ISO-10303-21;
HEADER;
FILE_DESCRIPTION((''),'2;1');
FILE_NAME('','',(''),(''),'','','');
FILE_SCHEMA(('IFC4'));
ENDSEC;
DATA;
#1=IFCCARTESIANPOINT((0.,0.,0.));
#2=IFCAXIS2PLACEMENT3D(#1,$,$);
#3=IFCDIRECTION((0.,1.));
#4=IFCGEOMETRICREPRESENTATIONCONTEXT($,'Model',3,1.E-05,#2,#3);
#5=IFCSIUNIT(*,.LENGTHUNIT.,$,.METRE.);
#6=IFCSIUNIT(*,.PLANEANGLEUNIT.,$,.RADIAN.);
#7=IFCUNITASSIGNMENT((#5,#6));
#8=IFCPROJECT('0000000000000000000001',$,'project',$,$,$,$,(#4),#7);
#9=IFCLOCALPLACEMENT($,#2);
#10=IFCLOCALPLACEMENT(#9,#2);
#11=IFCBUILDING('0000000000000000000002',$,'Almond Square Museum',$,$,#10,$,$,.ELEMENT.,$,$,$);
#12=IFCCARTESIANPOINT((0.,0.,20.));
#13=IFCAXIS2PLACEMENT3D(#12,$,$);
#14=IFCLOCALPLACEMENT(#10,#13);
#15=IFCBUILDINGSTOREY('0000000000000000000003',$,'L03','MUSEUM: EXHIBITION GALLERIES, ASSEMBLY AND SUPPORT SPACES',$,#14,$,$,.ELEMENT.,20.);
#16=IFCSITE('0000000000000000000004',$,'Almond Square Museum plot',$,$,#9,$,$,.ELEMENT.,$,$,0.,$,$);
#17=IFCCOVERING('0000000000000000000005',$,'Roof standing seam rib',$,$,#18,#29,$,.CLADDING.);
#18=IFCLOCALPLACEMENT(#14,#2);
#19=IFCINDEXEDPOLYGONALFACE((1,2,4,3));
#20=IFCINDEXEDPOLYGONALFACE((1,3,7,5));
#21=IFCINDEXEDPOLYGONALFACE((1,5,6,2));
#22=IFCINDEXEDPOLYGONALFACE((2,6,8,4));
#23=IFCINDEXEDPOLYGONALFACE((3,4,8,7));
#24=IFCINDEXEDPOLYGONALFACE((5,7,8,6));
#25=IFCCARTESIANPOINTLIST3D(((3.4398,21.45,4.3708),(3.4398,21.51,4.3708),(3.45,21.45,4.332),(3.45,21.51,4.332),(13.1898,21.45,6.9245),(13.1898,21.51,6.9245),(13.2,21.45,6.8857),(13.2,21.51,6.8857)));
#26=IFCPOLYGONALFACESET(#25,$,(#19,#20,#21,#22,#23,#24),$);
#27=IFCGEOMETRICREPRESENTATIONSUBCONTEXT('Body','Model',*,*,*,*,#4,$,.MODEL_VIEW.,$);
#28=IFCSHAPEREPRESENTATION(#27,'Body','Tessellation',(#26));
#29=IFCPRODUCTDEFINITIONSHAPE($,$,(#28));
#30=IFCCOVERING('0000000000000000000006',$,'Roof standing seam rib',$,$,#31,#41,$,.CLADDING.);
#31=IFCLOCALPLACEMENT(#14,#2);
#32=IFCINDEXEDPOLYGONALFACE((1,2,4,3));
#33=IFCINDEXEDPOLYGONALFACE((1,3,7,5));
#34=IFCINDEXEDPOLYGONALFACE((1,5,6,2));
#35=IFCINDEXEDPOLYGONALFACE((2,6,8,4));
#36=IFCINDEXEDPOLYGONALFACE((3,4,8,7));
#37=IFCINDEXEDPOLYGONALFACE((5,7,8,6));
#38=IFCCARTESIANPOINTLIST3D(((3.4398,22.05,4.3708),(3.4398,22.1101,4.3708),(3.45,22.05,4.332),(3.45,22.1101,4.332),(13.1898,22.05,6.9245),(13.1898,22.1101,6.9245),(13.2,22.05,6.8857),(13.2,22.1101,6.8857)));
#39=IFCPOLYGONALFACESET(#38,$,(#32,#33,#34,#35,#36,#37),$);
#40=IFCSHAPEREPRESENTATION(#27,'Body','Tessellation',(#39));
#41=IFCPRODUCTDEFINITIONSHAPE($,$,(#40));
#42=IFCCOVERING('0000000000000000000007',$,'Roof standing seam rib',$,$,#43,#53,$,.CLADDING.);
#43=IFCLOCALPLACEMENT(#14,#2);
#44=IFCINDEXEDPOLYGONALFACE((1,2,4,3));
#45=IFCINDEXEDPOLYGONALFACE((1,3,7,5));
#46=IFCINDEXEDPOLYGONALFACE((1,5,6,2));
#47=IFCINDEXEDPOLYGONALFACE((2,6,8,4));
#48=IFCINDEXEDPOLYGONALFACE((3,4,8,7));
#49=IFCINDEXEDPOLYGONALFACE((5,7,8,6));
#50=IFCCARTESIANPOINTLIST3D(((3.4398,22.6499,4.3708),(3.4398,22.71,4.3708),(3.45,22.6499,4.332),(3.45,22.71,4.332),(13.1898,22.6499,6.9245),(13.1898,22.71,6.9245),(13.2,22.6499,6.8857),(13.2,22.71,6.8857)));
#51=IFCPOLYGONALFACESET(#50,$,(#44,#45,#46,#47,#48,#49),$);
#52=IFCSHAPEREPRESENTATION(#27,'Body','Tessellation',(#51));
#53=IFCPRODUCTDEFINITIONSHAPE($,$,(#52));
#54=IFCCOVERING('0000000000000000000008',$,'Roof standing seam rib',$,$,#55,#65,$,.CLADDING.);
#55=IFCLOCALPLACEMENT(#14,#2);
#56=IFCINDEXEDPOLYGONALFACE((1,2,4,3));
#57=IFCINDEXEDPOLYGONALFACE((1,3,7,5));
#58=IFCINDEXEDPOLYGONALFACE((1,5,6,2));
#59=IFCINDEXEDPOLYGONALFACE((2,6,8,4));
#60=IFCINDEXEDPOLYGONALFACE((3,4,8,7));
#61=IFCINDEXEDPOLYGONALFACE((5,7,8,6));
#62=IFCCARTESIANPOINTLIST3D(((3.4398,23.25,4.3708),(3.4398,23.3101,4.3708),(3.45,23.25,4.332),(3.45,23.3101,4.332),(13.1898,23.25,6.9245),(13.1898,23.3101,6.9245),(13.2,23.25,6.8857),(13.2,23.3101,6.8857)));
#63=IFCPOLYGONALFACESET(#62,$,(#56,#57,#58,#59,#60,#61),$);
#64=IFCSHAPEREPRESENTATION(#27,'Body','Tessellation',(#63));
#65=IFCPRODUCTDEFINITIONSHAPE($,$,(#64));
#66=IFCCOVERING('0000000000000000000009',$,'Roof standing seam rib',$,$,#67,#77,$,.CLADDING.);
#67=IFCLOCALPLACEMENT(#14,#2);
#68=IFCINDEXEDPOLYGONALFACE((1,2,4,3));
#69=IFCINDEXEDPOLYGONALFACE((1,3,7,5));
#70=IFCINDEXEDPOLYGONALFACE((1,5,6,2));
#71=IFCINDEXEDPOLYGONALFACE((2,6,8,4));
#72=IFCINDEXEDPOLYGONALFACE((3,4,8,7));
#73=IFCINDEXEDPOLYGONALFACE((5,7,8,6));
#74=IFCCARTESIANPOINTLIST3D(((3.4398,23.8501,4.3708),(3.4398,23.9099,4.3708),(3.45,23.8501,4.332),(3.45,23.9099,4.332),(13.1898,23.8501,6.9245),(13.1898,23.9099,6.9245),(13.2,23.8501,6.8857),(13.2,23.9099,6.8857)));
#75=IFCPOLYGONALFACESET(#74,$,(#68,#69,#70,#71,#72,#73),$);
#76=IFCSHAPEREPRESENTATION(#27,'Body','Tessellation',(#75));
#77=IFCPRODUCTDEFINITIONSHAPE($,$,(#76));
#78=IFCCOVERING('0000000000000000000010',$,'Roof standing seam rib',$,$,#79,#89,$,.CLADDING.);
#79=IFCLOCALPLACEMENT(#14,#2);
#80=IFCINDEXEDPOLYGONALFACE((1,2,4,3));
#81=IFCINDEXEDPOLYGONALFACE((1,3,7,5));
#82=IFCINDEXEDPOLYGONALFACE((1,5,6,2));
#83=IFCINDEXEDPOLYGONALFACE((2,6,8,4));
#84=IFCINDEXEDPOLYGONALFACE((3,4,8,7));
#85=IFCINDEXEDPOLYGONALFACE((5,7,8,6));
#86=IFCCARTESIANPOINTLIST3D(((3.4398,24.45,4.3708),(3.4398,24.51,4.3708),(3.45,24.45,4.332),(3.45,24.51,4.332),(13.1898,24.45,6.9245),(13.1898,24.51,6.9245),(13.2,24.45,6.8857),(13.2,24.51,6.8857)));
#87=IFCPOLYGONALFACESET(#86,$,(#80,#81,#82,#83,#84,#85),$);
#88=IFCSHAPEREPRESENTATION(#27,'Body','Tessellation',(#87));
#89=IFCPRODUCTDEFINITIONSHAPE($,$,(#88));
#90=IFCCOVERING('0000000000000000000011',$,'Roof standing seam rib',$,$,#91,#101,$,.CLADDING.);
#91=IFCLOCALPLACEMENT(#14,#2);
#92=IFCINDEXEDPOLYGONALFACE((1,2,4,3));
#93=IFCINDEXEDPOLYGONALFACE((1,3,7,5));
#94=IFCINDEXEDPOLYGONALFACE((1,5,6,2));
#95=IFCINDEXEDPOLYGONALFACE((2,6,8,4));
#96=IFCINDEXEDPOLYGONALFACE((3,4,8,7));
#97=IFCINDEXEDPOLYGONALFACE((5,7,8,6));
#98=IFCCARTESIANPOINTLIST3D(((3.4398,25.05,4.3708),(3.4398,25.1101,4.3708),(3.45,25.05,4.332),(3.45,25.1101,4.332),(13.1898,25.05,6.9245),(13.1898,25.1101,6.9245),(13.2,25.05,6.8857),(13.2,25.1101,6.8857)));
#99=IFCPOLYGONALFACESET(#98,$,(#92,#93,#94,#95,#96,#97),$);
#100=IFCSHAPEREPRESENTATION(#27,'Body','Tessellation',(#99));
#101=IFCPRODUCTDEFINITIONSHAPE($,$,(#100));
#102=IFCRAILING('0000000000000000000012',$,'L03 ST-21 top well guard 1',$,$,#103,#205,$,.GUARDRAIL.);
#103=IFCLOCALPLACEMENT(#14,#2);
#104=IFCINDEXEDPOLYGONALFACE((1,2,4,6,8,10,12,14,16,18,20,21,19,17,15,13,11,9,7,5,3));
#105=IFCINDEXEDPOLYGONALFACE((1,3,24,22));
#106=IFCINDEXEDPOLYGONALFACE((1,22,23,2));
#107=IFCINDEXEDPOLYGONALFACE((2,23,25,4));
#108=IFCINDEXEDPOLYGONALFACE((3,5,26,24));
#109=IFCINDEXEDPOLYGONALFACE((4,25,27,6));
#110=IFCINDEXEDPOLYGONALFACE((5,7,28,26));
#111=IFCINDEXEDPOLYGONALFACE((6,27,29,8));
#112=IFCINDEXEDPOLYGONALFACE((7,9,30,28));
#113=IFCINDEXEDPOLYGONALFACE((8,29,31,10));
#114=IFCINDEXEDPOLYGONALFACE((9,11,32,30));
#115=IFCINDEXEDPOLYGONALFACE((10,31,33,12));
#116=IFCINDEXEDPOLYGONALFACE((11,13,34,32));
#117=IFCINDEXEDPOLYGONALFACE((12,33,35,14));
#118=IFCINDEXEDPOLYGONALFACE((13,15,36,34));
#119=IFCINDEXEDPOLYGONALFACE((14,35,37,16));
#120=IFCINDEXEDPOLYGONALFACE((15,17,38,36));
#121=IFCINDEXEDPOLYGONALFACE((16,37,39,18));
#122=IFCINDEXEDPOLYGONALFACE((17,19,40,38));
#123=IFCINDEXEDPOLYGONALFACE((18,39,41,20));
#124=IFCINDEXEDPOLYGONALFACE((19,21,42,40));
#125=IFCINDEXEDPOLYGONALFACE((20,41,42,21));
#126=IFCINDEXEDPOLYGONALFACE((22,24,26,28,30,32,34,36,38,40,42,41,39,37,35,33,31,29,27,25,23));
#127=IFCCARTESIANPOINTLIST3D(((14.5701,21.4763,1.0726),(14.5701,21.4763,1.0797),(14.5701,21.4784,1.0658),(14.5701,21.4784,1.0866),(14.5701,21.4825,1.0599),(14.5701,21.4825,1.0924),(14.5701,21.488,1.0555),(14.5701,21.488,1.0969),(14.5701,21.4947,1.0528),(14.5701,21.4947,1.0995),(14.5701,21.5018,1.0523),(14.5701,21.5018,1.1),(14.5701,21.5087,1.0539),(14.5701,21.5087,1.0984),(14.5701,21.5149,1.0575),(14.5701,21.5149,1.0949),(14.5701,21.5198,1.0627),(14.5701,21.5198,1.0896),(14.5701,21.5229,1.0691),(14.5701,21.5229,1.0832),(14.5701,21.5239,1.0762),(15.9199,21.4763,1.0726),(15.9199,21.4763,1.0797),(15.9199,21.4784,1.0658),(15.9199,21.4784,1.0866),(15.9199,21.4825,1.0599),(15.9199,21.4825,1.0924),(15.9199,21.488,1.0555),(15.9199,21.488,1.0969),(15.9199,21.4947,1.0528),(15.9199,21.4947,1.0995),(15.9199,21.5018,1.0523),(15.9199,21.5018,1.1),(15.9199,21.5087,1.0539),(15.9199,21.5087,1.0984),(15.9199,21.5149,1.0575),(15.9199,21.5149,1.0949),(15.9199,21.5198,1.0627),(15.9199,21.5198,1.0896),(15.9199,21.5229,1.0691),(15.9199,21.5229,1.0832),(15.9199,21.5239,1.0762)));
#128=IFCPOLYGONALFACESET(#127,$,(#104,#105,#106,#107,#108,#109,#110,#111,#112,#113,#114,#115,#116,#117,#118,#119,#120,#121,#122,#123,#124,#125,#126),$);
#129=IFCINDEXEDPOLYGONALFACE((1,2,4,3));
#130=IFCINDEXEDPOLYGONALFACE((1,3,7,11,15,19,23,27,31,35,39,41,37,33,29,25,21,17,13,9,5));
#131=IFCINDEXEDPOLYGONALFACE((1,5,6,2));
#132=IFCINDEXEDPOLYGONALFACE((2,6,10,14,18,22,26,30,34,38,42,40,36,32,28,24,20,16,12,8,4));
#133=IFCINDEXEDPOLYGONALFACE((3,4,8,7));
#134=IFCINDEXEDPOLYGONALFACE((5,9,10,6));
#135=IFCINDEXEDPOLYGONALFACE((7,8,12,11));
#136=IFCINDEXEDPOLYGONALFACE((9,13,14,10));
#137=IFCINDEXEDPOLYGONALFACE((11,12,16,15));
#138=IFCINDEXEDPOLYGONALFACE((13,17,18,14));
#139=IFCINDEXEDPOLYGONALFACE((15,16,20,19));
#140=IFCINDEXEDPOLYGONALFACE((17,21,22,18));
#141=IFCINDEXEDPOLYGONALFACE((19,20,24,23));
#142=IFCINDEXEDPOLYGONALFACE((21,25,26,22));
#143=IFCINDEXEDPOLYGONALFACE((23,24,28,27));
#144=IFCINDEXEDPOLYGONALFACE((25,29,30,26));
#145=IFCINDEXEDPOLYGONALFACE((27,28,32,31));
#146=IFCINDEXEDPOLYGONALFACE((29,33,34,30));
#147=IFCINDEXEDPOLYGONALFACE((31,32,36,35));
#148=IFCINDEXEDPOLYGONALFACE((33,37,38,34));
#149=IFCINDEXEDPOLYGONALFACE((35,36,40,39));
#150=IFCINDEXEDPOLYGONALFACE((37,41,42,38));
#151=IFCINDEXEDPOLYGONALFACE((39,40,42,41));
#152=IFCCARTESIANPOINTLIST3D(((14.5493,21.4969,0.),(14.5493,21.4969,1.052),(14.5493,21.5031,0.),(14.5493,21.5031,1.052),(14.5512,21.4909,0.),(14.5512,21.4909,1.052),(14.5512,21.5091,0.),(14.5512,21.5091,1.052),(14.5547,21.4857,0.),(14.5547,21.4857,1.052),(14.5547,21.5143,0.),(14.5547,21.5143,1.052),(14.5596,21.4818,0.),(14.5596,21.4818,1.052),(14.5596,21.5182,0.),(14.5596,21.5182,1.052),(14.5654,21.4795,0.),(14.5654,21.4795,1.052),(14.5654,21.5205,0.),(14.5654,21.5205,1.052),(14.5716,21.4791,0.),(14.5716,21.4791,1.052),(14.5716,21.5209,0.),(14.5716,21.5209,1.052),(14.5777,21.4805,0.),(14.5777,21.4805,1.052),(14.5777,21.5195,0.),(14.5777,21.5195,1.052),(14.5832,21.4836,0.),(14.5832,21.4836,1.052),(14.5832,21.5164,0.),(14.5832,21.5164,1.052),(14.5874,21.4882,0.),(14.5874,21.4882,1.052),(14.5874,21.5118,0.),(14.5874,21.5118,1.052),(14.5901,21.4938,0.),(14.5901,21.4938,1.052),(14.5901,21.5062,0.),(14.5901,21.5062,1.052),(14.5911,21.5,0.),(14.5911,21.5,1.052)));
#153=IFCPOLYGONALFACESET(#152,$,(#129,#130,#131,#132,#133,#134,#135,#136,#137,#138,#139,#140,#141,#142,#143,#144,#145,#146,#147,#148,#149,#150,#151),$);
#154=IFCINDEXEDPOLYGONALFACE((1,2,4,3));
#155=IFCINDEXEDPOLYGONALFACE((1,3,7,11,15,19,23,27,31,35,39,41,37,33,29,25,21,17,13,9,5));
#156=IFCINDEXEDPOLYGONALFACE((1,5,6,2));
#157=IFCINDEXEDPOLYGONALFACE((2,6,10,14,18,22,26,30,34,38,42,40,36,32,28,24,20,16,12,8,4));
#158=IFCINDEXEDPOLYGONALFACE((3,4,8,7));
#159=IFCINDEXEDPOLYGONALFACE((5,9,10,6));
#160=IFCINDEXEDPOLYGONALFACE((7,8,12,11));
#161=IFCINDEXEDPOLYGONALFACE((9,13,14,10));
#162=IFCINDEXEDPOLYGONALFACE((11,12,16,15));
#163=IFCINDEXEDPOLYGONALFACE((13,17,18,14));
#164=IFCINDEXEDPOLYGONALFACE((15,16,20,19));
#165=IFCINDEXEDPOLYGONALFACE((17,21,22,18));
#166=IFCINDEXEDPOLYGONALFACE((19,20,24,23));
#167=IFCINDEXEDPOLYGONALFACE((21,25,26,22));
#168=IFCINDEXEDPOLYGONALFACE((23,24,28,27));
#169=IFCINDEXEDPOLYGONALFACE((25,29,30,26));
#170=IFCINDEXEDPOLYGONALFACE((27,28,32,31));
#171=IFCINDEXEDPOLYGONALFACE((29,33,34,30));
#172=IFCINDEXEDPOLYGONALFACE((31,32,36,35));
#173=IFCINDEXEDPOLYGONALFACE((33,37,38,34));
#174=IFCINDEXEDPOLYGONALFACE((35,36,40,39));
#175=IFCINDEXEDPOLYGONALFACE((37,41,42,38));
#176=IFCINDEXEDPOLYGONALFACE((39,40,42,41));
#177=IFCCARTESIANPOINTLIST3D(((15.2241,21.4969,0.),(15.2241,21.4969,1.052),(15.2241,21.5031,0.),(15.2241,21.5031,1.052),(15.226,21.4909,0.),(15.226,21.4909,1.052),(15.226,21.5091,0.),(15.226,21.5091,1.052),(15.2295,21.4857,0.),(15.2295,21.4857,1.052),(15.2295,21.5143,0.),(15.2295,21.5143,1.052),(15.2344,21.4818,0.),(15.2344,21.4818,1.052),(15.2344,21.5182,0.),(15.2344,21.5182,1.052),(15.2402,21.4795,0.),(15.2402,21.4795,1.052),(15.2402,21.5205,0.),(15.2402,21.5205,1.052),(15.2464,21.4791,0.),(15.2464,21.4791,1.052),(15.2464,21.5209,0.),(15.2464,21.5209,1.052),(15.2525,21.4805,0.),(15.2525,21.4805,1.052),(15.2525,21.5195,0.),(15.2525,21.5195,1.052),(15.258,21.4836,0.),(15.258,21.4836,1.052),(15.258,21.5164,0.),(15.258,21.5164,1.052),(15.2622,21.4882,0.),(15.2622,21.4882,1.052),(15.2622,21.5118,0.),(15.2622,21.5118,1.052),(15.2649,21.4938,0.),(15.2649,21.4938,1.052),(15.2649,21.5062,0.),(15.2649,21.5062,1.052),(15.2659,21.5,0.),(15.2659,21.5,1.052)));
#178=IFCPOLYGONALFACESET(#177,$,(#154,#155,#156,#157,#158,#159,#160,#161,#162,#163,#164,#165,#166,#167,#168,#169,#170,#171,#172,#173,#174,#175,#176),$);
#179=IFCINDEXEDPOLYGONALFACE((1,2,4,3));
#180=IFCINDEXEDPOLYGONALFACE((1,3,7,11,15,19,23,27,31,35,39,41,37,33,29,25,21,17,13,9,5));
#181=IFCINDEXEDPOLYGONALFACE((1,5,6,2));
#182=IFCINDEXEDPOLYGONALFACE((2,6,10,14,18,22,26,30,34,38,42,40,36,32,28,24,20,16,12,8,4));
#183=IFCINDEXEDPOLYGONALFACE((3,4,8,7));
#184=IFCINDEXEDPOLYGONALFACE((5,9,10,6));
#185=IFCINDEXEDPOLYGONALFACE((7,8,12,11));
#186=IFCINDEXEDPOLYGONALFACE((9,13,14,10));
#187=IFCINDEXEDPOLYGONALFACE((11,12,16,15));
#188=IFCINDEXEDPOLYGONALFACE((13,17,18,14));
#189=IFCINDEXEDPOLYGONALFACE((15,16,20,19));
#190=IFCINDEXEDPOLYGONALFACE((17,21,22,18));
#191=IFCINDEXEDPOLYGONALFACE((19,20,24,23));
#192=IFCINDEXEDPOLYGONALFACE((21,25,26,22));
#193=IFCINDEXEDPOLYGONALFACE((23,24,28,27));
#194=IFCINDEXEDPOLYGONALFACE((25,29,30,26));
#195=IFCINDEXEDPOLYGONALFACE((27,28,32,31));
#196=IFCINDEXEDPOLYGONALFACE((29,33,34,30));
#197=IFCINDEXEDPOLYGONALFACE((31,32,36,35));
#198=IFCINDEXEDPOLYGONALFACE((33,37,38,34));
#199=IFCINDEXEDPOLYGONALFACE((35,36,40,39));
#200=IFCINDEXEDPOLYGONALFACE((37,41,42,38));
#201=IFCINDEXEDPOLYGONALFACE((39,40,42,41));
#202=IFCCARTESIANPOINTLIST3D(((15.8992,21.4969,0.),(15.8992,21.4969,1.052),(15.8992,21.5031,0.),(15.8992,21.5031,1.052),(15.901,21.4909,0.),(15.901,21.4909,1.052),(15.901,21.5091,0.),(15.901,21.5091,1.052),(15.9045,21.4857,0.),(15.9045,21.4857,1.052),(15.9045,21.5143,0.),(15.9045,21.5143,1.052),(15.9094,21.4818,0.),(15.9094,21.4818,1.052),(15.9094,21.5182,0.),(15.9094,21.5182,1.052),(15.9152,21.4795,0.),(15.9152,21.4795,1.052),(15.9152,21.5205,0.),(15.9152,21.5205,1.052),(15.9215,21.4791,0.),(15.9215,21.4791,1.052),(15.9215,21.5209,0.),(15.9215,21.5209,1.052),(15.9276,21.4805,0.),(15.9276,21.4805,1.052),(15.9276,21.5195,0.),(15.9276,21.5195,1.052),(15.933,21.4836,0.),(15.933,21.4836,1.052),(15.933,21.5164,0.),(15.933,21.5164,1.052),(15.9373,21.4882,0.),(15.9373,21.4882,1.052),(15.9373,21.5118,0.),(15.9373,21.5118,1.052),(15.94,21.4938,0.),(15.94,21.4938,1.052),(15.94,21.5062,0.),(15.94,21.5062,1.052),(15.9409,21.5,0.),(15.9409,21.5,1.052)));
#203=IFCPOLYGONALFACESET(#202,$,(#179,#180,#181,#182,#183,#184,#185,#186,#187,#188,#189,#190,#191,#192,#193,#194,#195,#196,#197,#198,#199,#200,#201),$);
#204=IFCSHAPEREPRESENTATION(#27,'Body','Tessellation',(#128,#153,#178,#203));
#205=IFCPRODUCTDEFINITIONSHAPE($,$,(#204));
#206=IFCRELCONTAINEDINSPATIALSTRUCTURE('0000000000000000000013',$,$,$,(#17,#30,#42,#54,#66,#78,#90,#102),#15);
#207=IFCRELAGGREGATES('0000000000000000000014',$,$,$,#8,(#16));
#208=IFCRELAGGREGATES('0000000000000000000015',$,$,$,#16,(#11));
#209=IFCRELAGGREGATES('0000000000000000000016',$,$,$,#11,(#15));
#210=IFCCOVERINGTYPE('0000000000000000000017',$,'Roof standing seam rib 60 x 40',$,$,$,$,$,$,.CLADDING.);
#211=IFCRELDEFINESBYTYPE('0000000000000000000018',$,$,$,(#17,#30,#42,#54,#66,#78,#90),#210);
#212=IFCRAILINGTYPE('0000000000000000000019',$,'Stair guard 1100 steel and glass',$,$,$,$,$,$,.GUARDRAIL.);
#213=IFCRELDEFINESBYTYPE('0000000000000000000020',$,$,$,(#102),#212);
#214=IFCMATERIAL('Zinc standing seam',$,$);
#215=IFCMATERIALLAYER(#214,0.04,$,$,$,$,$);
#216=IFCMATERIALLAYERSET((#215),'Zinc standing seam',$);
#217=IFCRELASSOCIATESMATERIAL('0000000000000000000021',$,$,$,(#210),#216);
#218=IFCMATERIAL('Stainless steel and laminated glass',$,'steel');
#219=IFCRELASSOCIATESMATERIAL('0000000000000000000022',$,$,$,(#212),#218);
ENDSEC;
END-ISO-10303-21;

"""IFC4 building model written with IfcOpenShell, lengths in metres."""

from ifc_helpers import new_model, si_unit, direction, frame, origin, origin_2d, place, context, subcontext, project, spatial, polyline, circle, outline, extrude, material, layer, layer_set, type_object, element, save


model = new_model("IFC4")

# Units and contexts
model_context = context("Model", 3, precision=1e-05, world=origin(), true_north=direction((0.0, 1.0)))
body_context = subcontext(model_context, "Body", "Model", "MODEL_VIEW")
ifc_project = project(units=[si_unit("LENGTHUNIT", "METRE"), si_unit("PLANEANGLEUNIT", "RADIAN")], contexts=[model_context])

# Site, building, storey
site_placement = place(None, origin())
site = spatial("IfcSite", under=ifc_project, at=site_placement, Name="Almond Square Museum plot", CompositionType="ELEMENT", RefElevation=0.0)
building_placement = place(site_placement, origin())
building = spatial("IfcBuilding", under=site, at=building_placement, Name="Almond Square Museum", CompositionType="ELEMENT")
storey_placement = place(building_placement, frame((0.0, 0.0, 20.0)))
storey = spatial("IfcBuildingStorey", under=building, at=storey_placement, Name="L03", Description="MUSEUM: EXHIBITION GALLERIES, ASSEMBLY AND SUPPORT SPACES", CompositionType="ELEMENT", Elevation=20.0)

# Coverings
ifc_material_1 = material(Name="Zinc standing seam")
ifc_layer_1 = layer(ifc_material_1, 0.04)
ifc_layer_set_1 = layer_set([ifc_layer_1], Name="Zinc standing seam")
covering_type = type_object("IfcCoveringType", Name="Roof standing seam rib 60 x 40", PredefinedType="CLADDING", material=ifc_layer_set_1)
for number, where, z_axis, x_axis, name in (
    (1, (13.2, 21.51, 6.8857), (-0.253372, 0.0, 0.967369), (-0.967369, 0.0, -0.253372), "Roof standing seam rib"),
    (2, (13.2, 22.1101, 6.8857), (-0.253372, 0.0, 0.967369), (-0.967369, 0.0, -0.253372), "Roof standing seam rib"),
    (3, (13.2, 22.71, 6.8857), (-0.253372, 0.0, 0.967369), (-0.967369, 0.0, -0.253372), "Roof standing seam rib"),
    (4, (13.2, 23.3101, 6.8857), (-0.253372, 0.0, 0.967369), (-0.967369, 0.0, -0.253372), "Roof standing seam rib"),
):
    element("IfcCovering", number, at=place(storey_placement, frame(where, z_axis=z_axis, x_axis=x_axis)), inside=storey, type_object=covering_type, Name=name, PredefinedType="CLADDING", context=body_context, shape_type="SweptSolid", body=[
        extrude(outline(polyline([(0.0, 0.0), (10.0789, 0.0), (10.0789, 0.0601), (0.0, 0.0601), (0.0, 0.0)])), origin(), (0.0, 0.0, 1.0), 0.04),
    ])
covering_1_placement = place(storey_placement, frame((13.2, 23.9099, 6.8857), z_axis=(-0.253372, 0.0, 0.967369), x_axis=(-0.967369, 0.0, -0.253372)))
element("IfcCovering", 5, at=covering_1_placement, inside=storey, type_object=covering_type, Name="Roof standing seam rib", PredefinedType="CLADDING", context=body_context, shape_type="SweptSolid", body=[
    extrude(outline(polyline([(0.0, 0.0), (10.0789, 0.0), (10.0789, 0.0598), (0.0, 0.0598), (0.0, 0.0)])), origin(), (0.0, 0.0, 1.0), 0.04),
])
for number, where, z_axis, x_axis, name in (
    (6, (13.2, 24.51, 6.8857), (-0.253372, 0.0, 0.967369), (-0.967369, 0.0, -0.253372), "Roof standing seam rib"),
    (7, (13.2, 25.1101, 6.8857), (-0.253372, 0.0, 0.967369), (-0.967369, 0.0, -0.253372), "Roof standing seam rib"),
):
    element("IfcCovering", number, at=place(storey_placement, frame(where, z_axis=z_axis, x_axis=x_axis)), inside=storey, type_object=covering_type, Name=name, PredefinedType="CLADDING", context=body_context, shape_type="SweptSolid", body=[
        extrude(outline(polyline([(0.0, 0.0), (10.0789, 0.0), (10.0789, 0.0601), (0.0, 0.0601), (0.0, 0.0)])), origin(), (0.0, 0.0, 1.0), 0.04),
    ])

# Railing
ifc_material_2 = material(Name="Stainless steel and laminated glass", Category="steel")
railing_type = type_object("IfcRailingType", Name="Stair guard 1100 steel and glass", PredefinedType="GUARDRAIL", material=ifc_material_2)
for number, where, name in (
    (8, (14.5701, 21.5, 0.0), "L03 ST-21 top well guard 1"),
):
    element("IfcRailing", number, at=place(storey_placement, frame(where)), inside=storey, type_object=railing_type, Name=name, PredefinedType="GUARDRAIL", context=body_context, shape_type="SweptSolid", body=[
        extrude(circle(Radius=0.0239, at=origin_2d()), frame((0.0, 0.0, 1.0762), z_axis=(1.0, 0.0, 0.0), x_axis=(0.0, 1.0, 0.0)), (0.0, 0.0, 1.0), 1.3499),
        extrude(circle(Radius=0.021, at=origin_2d()), origin(), (0.0, 0.0, 1.0), 1.052),
        extrude(circle(Radius=0.021, at=origin_2d()), frame((0.6748, 0.0, 0.0)), (0.0, 0.0, 1.0), 1.052),
        extrude(circle(Radius=0.021, at=origin_2d()), frame((1.3499, 0.0, 0.0)), (0.0, 0.0, 1.0), 1.052),
    ])

save(model, "model.ifc")
